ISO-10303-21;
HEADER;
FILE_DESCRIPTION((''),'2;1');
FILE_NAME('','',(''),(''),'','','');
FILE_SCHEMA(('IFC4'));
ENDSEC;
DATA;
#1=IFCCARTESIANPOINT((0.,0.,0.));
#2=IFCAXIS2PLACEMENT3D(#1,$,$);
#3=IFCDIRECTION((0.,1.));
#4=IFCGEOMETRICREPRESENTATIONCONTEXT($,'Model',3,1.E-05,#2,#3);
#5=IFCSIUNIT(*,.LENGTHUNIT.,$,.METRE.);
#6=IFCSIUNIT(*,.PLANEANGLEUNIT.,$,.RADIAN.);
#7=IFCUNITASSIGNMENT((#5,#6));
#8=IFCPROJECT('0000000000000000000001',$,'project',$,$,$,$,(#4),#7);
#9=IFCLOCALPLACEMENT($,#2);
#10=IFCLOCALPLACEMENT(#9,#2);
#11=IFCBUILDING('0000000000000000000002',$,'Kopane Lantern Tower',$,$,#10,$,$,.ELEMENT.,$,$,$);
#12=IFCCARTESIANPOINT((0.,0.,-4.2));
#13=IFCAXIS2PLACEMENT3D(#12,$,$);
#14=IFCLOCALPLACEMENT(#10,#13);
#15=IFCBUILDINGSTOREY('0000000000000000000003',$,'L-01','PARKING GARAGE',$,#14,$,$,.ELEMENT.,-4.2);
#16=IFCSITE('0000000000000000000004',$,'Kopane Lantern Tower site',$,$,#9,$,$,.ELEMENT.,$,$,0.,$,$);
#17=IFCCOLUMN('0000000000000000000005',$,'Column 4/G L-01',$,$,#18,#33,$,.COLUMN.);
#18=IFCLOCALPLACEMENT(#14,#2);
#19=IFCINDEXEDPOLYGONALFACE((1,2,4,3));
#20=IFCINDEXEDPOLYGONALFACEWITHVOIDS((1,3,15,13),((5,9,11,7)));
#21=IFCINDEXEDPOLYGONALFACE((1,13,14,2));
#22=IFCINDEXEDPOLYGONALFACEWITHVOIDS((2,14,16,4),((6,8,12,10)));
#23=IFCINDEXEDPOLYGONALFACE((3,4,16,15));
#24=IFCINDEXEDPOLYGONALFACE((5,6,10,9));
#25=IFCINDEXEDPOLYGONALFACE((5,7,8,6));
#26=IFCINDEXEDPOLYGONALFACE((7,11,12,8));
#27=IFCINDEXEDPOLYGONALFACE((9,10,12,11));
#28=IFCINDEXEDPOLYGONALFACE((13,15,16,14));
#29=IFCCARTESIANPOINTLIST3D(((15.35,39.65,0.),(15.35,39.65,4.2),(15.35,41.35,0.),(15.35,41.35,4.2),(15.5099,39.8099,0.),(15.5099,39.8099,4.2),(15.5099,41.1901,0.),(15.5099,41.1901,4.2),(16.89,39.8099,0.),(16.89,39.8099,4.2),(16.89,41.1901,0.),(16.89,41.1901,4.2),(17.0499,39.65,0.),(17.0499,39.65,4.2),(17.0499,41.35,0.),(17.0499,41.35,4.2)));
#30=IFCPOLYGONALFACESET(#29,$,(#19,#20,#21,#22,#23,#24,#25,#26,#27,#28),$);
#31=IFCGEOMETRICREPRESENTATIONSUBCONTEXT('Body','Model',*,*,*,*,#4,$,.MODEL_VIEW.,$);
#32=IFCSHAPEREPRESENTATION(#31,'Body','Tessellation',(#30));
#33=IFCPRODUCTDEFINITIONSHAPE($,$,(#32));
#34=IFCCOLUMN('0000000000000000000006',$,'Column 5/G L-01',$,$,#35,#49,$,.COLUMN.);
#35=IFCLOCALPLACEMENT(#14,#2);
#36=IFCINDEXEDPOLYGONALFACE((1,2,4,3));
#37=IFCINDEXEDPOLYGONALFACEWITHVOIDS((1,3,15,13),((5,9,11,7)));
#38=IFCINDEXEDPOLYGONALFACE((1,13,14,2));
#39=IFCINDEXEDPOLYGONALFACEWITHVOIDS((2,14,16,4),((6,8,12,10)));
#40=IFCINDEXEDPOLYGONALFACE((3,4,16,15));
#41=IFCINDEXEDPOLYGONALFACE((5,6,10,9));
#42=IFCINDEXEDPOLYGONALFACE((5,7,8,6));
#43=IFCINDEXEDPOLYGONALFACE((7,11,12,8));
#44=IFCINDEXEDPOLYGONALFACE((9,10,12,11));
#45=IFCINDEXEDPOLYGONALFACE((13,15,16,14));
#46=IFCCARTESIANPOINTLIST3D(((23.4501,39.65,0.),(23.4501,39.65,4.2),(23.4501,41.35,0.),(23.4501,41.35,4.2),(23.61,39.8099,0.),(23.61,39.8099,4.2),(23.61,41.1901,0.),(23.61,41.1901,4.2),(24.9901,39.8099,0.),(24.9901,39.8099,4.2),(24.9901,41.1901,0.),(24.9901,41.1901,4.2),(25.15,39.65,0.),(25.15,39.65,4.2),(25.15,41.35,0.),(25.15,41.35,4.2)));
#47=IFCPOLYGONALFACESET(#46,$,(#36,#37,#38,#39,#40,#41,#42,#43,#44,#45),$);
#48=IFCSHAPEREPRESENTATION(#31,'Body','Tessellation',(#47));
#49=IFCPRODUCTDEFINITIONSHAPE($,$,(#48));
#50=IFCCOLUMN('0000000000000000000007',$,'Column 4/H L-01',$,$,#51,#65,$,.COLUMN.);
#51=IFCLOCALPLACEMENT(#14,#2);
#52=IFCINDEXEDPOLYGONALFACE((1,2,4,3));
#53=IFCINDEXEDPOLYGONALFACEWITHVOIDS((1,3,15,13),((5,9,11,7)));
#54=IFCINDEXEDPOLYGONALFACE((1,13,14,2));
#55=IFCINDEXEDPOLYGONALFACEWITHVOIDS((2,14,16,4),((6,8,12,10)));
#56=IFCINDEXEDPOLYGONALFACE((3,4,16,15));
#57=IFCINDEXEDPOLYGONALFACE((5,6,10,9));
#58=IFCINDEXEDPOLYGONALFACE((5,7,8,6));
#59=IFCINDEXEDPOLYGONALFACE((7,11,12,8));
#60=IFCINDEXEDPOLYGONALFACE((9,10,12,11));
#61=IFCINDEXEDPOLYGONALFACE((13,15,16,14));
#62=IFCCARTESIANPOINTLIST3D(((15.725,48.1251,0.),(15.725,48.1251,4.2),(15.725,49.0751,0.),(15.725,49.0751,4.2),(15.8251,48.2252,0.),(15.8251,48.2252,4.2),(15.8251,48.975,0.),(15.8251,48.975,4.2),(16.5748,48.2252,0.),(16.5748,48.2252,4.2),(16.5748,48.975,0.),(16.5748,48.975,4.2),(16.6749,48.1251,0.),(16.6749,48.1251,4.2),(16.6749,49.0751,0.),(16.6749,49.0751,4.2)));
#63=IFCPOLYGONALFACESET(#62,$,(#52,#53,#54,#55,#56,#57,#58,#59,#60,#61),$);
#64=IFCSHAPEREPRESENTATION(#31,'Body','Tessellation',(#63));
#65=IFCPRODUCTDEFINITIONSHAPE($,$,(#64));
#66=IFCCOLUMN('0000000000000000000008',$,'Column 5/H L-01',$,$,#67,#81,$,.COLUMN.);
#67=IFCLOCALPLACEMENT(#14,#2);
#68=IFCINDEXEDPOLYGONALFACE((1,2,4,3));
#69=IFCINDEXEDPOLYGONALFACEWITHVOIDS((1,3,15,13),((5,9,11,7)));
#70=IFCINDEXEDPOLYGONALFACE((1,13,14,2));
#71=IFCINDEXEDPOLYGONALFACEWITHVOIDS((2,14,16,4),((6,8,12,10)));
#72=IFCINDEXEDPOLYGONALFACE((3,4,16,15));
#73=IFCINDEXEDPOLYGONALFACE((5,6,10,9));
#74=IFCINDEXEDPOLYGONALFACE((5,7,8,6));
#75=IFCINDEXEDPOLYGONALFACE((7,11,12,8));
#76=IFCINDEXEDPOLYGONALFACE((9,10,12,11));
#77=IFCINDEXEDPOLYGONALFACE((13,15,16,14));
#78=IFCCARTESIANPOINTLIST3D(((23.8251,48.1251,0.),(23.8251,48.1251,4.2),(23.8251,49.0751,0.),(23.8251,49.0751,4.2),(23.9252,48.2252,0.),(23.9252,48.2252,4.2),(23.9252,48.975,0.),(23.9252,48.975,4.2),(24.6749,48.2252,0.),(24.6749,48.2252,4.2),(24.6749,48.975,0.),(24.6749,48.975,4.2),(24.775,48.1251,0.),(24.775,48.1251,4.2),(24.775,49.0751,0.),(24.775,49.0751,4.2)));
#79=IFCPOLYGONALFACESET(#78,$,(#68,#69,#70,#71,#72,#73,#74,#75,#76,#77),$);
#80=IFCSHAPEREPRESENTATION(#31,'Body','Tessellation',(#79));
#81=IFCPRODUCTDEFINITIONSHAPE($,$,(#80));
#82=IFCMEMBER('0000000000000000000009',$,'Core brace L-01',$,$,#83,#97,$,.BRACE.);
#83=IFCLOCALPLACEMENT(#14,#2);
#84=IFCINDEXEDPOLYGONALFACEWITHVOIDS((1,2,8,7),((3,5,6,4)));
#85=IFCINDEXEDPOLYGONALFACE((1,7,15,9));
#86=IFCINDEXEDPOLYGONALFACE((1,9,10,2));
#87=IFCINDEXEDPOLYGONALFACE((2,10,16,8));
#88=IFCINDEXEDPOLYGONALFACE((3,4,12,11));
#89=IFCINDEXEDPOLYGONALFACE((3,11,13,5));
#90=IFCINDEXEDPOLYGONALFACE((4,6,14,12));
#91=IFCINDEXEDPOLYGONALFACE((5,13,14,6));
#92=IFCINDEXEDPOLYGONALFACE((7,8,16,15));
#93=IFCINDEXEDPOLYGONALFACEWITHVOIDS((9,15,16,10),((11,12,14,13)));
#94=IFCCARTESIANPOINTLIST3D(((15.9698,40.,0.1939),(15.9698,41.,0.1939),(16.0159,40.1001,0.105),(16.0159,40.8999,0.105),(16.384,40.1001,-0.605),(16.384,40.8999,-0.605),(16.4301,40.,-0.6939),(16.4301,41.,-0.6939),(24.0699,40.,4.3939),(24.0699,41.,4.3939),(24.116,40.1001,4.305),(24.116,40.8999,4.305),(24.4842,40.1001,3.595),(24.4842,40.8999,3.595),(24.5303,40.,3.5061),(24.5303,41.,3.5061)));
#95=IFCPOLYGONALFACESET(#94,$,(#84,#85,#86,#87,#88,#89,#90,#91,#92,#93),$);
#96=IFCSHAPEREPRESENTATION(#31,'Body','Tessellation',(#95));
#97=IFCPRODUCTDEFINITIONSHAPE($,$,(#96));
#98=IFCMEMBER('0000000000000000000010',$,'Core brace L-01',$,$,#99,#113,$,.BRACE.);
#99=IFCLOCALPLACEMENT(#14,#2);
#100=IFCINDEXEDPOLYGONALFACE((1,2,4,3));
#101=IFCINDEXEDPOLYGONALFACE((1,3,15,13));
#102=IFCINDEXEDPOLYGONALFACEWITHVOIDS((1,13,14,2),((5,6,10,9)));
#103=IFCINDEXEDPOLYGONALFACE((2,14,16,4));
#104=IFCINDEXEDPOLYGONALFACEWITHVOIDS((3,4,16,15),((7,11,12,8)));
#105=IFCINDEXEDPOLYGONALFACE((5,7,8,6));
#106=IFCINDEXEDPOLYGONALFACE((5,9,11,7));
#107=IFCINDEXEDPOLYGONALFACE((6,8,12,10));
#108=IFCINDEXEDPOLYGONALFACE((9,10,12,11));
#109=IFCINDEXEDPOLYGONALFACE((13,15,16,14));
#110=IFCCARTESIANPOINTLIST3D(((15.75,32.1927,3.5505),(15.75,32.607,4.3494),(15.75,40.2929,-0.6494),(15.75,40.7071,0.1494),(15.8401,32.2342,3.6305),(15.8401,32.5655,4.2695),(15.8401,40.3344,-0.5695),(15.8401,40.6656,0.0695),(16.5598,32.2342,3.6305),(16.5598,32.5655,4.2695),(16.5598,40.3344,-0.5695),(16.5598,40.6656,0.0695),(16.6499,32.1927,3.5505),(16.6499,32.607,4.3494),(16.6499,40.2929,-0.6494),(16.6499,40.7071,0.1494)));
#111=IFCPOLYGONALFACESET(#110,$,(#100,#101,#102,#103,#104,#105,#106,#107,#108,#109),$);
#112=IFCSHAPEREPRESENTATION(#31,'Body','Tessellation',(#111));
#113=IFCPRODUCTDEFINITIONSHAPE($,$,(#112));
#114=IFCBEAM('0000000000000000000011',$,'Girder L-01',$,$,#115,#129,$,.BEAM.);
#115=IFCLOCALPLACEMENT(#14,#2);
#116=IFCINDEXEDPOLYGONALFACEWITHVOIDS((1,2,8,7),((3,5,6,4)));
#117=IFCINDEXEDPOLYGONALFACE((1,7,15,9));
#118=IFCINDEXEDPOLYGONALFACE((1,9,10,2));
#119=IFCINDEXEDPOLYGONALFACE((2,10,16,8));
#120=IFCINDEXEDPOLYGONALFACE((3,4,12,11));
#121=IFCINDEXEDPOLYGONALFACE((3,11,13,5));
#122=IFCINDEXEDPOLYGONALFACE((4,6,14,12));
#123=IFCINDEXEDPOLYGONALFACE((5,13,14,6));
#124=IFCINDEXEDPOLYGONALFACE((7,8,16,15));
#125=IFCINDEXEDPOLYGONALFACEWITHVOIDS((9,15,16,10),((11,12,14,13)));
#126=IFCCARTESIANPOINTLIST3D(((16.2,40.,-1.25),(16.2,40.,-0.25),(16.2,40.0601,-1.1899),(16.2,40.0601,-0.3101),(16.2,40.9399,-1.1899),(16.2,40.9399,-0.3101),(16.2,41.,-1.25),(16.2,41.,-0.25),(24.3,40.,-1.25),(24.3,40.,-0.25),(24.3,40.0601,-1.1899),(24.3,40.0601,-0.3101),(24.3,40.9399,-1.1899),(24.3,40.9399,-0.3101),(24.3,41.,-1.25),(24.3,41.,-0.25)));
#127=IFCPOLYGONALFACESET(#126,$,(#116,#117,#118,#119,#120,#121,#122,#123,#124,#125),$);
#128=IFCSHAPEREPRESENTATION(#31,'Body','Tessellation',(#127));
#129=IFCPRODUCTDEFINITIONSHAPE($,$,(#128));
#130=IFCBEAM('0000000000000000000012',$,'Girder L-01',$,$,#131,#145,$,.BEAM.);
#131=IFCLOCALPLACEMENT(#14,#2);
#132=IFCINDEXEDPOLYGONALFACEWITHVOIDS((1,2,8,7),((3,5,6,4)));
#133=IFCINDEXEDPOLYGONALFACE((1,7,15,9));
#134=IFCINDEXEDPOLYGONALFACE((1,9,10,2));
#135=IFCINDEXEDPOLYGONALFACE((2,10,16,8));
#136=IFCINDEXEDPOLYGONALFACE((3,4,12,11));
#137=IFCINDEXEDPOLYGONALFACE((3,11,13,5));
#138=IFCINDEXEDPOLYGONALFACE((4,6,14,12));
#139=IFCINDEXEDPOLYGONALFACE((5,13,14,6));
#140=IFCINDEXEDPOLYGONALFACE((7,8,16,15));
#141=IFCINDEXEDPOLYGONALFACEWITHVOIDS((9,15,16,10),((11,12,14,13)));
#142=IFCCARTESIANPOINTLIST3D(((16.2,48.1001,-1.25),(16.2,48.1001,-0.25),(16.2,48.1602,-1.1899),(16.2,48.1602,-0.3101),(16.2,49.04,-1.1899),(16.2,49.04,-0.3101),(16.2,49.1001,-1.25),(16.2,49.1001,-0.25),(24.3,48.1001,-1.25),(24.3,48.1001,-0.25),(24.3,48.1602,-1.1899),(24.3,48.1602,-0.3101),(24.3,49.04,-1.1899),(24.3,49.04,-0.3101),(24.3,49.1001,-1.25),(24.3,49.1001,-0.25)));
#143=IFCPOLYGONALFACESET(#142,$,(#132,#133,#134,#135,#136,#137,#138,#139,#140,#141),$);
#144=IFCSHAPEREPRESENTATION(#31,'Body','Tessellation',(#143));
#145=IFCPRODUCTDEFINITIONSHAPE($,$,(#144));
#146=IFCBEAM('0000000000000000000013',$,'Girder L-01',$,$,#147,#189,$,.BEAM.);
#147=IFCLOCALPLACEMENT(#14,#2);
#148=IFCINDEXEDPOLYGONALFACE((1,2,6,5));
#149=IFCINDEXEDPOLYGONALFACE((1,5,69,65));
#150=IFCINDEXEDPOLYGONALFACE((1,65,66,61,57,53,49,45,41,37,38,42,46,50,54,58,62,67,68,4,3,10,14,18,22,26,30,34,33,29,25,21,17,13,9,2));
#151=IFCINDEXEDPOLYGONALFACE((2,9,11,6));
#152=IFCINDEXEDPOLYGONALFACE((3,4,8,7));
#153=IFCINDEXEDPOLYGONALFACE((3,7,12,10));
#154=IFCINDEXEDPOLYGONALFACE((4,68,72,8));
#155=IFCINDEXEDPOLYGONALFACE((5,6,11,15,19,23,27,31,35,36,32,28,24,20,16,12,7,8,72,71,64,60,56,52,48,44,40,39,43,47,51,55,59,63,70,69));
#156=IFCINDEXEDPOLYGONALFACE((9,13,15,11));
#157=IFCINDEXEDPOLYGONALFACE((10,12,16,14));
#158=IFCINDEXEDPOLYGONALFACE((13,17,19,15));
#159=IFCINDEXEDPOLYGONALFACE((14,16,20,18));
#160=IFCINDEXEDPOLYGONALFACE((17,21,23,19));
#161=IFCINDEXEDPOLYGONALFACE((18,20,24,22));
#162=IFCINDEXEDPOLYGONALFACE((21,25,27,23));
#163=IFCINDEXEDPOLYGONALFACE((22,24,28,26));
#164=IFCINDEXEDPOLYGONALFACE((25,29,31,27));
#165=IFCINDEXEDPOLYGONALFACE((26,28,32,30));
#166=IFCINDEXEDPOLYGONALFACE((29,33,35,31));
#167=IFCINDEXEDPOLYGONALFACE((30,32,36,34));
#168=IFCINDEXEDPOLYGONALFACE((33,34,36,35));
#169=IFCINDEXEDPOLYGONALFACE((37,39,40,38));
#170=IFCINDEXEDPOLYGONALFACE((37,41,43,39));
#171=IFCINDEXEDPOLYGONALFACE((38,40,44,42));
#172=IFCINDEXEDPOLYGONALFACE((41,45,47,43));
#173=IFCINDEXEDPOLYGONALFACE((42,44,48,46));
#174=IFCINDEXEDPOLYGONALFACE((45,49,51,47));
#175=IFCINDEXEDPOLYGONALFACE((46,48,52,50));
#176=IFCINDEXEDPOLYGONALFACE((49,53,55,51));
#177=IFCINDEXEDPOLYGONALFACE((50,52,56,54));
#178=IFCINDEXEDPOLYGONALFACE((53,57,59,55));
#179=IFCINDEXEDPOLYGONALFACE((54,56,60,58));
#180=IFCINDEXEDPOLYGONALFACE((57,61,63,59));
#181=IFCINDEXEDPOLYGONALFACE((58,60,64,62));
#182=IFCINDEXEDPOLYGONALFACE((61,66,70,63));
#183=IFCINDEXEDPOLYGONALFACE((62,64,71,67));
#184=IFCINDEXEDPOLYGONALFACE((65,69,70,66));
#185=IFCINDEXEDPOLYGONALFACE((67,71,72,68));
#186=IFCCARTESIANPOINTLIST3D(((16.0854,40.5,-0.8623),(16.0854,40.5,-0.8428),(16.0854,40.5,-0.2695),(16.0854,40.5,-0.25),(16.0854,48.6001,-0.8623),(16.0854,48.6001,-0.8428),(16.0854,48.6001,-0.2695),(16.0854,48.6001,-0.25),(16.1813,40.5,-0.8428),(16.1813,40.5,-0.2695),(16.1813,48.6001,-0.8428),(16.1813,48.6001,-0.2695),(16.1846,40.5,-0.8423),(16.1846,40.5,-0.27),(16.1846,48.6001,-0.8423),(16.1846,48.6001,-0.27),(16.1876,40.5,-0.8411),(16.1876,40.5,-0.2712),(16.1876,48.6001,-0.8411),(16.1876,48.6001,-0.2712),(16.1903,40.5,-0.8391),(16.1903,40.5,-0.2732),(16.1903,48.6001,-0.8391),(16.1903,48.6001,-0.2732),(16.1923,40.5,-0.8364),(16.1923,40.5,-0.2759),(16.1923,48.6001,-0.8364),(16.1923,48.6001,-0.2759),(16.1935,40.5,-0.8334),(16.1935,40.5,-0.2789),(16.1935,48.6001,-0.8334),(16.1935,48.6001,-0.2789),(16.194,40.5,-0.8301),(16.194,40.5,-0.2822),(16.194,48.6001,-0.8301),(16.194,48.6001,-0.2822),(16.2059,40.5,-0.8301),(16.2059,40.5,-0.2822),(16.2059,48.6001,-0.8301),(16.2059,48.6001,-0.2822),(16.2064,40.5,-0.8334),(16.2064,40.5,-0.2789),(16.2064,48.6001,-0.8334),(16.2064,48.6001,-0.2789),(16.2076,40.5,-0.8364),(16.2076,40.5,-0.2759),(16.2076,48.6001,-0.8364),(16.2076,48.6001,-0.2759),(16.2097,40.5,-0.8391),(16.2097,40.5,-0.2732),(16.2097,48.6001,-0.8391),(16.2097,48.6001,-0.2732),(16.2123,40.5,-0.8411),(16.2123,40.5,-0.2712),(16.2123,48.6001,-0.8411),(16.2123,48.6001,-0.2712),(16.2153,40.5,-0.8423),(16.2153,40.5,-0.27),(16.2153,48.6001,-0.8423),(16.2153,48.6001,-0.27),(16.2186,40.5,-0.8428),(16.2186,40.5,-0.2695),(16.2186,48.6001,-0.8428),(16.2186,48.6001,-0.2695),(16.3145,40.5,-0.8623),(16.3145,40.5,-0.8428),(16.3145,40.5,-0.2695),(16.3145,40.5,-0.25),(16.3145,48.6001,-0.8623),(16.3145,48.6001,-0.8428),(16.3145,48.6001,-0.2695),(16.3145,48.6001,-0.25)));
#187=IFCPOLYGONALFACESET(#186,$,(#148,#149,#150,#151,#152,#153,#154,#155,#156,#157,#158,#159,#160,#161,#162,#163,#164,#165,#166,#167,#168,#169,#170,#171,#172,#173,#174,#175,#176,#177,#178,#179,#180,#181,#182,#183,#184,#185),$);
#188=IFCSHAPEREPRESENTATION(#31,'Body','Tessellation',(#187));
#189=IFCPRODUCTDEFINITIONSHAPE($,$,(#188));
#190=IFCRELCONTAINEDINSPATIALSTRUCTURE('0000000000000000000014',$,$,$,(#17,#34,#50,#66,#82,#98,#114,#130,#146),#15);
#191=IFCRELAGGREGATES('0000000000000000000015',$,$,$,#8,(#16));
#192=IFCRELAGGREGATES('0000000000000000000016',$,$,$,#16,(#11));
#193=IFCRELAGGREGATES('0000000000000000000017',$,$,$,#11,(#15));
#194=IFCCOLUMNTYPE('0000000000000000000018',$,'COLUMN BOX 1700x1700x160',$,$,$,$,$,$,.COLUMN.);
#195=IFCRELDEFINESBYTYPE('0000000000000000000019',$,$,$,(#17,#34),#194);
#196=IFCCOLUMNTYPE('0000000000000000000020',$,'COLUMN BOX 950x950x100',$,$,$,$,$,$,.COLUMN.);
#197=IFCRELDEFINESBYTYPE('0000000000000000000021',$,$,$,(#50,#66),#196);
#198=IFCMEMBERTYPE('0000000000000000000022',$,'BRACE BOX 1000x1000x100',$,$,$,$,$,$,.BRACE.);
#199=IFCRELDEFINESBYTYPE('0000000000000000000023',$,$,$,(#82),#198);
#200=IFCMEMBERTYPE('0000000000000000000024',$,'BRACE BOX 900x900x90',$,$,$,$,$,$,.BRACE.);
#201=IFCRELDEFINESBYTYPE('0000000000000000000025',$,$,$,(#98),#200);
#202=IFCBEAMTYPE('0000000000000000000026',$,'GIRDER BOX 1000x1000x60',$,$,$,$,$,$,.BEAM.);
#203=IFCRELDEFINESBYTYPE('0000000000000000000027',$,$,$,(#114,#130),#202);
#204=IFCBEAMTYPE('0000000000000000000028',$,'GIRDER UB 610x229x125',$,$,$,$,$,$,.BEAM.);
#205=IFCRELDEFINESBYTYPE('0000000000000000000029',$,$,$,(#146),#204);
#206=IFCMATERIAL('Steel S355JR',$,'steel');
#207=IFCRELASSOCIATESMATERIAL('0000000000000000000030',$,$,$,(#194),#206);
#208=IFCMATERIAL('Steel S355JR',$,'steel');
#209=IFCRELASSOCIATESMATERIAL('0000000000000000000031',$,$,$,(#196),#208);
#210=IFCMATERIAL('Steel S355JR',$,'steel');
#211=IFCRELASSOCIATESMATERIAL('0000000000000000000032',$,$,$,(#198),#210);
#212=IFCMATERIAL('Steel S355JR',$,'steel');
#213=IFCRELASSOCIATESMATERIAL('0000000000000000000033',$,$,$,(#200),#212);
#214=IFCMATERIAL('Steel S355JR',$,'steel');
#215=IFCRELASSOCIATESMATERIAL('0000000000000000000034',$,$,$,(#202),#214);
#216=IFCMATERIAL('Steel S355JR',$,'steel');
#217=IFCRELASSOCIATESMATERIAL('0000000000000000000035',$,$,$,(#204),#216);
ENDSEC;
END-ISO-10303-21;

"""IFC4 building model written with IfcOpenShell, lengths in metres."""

from ifc_helpers import new_model, si_unit, direction, frame, origin, origin_2d, place, context, subcontext, project, spatial, hollow_rectangle, i_section, extrude, material, material_profile, profile_set, type_object, element, save


model = new_model("IFC4")

# Units and contexts
model_context = context("Model", 3, precision=1e-05, world=origin(), true_north=direction((0.0, 1.0)))
body_context = subcontext(model_context, "Body", "Model", "MODEL_VIEW")
ifc_project = project(units=[si_unit("LENGTHUNIT", "METRE"), si_unit("PLANEANGLEUNIT", "RADIAN")], contexts=[model_context])

# Site, building, storey
site_placement = place(None, origin())
site = spatial("IfcSite", under=ifc_project, at=site_placement, Name="Kopane Lantern Tower site", CompositionType="ELEMENT", RefElevation=0.0)
building_placement = place(site_placement, origin())
building = spatial("IfcBuilding", under=site, at=building_placement, Name="Kopane Lantern Tower", CompositionType="ELEMENT")
storey_placement = place(building_placement, frame((0.0, 0.0, -4.2)))
storey = spatial("IfcBuildingStorey", under=building, at=storey_placement, Name="L-01", Description="PARKING GARAGE", CompositionType="ELEMENT", Elevation=-4.2)

# Columns
ifc_material_1 = material(Name="Steel S355JR", Category="steel")
ifc_material_profile_1 = material_profile(ifc_material_1, hollow_rectangle(XDim=1.7, YDim=1.7, WallThickness=0.1599, at=origin_2d()), Name="BOX 1700x1700x160")
ifc_profile_set_1 = profile_set([ifc_material_profile_1], Name="Steel S355JR")
column_type_1 = type_object("IfcColumnType", Name="COLUMN BOX 1700x1700x160", PredefinedType="COLUMN", material=ifc_profile_set_1)
for number, where, z_axis, x_axis, name in (
    (1, (16.2, 40.5, 0.0), (0.0, 0.0, 1.0), (1.0, 0.0, 0.0), "Column 4/G L-01"),
    (2, (24.3, 40.5, 0.0), (0.0, 0.0, 1.0), (1.0, 0.0, 0.0), "Column 5/G L-01"),
):
    element("IfcColumn", number, at=place(storey_placement, frame(where, z_axis=z_axis, x_axis=x_axis)), inside=storey, type_object=column_type_1, Name=name, PredefinedType="COLUMN", context=body_context, shape_type="SweptSolid", body=[
        extrude(hollow_rectangle(XDim=1.7, YDim=1.7, WallThickness=0.1599, at=origin_2d()), origin(), (0.0, 0.0, 1.0), 4.2),
    ])
ifc_material_2 = material(Name="Steel S355JR", Category="steel")
ifc_material_profile_2 = material_profile(ifc_material_2, hollow_rectangle(XDim=0.95, YDim=0.95, WallThickness=0.1001, at=origin_2d()), Name="BOX 950x950x100")
ifc_profile_set_2 = profile_set([ifc_material_profile_2], Name="Steel S355JR")
column_type_2 = type_object("IfcColumnType", Name="COLUMN BOX 950x950x100", PredefinedType="COLUMN", material=ifc_profile_set_2)
for number, where, z_axis, x_axis, name in (
    (3, (16.2, 48.6001, 0.0), (0.0, 0.0, 1.0), (1.0, 0.0, 0.0), "Column 4/H L-01"),
    (4, (24.3, 48.6001, 0.0), (0.0, 0.0, 1.0), (1.0, 0.0, 0.0), "Column 5/H L-01"),
):
    element("IfcColumn", number, at=place(storey_placement, frame(where, z_axis=z_axis, x_axis=x_axis)), inside=storey, type_object=column_type_2, Name=name, PredefinedType="COLUMN", context=body_context, shape_type="SweptSolid", body=[
        extrude(hollow_rectangle(XDim=0.95, YDim=0.95, WallThickness=0.1001, at=origin_2d()), origin(), (0.0, 0.0, 1.0), 4.2),
    ])

# Members
ifc_material_3 = material(Name="Steel S355JR", Category="steel")
ifc_material_profile_3 = material_profile(ifc_material_3, hollow_rectangle(XDim=1.0, YDim=1.0, WallThickness=0.1001, at=origin_2d()), Name="BOX 1000x1000x100")
ifc_profile_set_3 = profile_set([ifc_material_profile_3], Name="Steel S355JR")
member_type_1 = type_object("IfcMemberType", Name="BRACE BOX 1000x1000x100", PredefinedType="BRACE", material=ifc_profile_set_3)
member_1_placement = place(storey_placement, frame((16.2, 40.5, -0.25), z_axis=(0.887759, 0.0, 0.460309), x_axis=(0.0, 1.0, 0.0)))
element("IfcMember", 5, at=member_1_placement, inside=storey, type_object=member_type_1, Name="Core brace L-01", PredefinedType="BRACE", context=body_context, shape_type="SweptSolid", body=[
    extrude(hollow_rectangle(XDim=1.0, YDim=1.0, WallThickness=0.1001, at=origin_2d()), origin(), (0.0, 0.0, 1.0), 9.1243),
])
ifc_material_4 = material(Name="Steel S355JR", Category="steel")
ifc_material_profile_4 = material_profile(ifc_material_4, hollow_rectangle(XDim=0.8999, YDim=0.8999, WallThickness=0.0901, at=origin_2d()), Name="BOX 900x900x90")
ifc_profile_set_4 = profile_set([ifc_material_profile_4], Name="Steel S355JR")
member_type_2 = type_object("IfcMemberType", Name="BRACE BOX 900x900x90", PredefinedType="BRACE", material=ifc_profile_set_4)
member_2_placement = place(storey_placement, frame((16.2, 40.5, -0.25), z_axis=(0.0, -0.887759, 0.460309), x_axis=(1.0, 0.0, 0.0)))
element("IfcMember", 6, at=member_2_placement, inside=storey, type_object=member_type_2, Name="Core brace L-01", PredefinedType="BRACE", context=body_context, shape_type="SweptSolid", body=[
    extrude(hollow_rectangle(XDim=0.8999, YDim=0.8999, WallThickness=0.0901, at=origin_2d()), origin(), (0.0, 0.0, 1.0), 9.1243),
])

# Beams
ifc_material_5 = material(Name="Steel S355JR", Category="steel")
ifc_material_profile_5 = material_profile(ifc_material_5, hollow_rectangle(XDim=1.0, YDim=1.0, WallThickness=0.0601, at=origin_2d()), Name="BOX 1000x1000x60")
ifc_profile_set_5 = profile_set([ifc_material_profile_5], Name="Steel S355JR")
beam_type_1 = type_object("IfcBeamType", Name="GIRDER BOX 1000x1000x60", PredefinedType="BEAM", material=ifc_profile_set_5)
for number, where, z_axis, x_axis, name in (
    (7, (16.2, 40.5, -0.75), (1.0, 0.0, 0.0), (0.0, 1.0, 0.0), "Girder L-01"),
    (8, (16.2, 48.6001, -0.75), (1.0, 0.0, 0.0), (0.0, 1.0, 0.0), "Girder L-01"),
):
    element("IfcBeam", number, at=place(storey_placement, frame(where, z_axis=z_axis, x_axis=x_axis)), inside=storey, type_object=beam_type_1, Name=name, PredefinedType="BEAM", context=body_context, shape_type="SweptSolid", body=[
        extrude(hollow_rectangle(XDim=1.0, YDim=1.0, WallThickness=0.0601, at=origin_2d()), origin(), (0.0, 0.0, 1.0), 8.1001),
    ])
ifc_material_6 = material(Name="Steel S355JR", Category="steel")
ifc_material_profile_6 = material_profile(ifc_material_6, i_section(OverallWidth=0.229, OverallDepth=0.6123, WebThickness=0.012, FlangeThickness=0.0195, FilletRadius=0.0127, at=origin_2d()), Name="UB 610x229x125")
ifc_profile_set_6 = profile_set([ifc_material_profile_6], Name="Steel S355JR")
beam_type_2 = type_object("IfcBeamType", Name="GIRDER UB 610x229x125", PredefinedType="BEAM", material=ifc_profile_set_6)
beam_placement = place(storey_placement, frame((16.2, 40.5, -0.5562), z_axis=(0.0, 1.0, 0.0), x_axis=(-1.0, 0.0, 0.0)))
element("IfcBeam", 9, at=beam_placement, inside=storey, type_object=beam_type_2, Name="Girder L-01", PredefinedType="BEAM", context=body_context, shape_type="SweptSolid", body=[
    extrude(i_section(OverallWidth=0.229, OverallDepth=0.6123, WebThickness=0.012, FlangeThickness=0.0195, FilletRadius=0.0127, at=origin_2d()), origin(), (0.0, 0.0, 1.0), 8.1001),
])

save(model, "model.ifc")
